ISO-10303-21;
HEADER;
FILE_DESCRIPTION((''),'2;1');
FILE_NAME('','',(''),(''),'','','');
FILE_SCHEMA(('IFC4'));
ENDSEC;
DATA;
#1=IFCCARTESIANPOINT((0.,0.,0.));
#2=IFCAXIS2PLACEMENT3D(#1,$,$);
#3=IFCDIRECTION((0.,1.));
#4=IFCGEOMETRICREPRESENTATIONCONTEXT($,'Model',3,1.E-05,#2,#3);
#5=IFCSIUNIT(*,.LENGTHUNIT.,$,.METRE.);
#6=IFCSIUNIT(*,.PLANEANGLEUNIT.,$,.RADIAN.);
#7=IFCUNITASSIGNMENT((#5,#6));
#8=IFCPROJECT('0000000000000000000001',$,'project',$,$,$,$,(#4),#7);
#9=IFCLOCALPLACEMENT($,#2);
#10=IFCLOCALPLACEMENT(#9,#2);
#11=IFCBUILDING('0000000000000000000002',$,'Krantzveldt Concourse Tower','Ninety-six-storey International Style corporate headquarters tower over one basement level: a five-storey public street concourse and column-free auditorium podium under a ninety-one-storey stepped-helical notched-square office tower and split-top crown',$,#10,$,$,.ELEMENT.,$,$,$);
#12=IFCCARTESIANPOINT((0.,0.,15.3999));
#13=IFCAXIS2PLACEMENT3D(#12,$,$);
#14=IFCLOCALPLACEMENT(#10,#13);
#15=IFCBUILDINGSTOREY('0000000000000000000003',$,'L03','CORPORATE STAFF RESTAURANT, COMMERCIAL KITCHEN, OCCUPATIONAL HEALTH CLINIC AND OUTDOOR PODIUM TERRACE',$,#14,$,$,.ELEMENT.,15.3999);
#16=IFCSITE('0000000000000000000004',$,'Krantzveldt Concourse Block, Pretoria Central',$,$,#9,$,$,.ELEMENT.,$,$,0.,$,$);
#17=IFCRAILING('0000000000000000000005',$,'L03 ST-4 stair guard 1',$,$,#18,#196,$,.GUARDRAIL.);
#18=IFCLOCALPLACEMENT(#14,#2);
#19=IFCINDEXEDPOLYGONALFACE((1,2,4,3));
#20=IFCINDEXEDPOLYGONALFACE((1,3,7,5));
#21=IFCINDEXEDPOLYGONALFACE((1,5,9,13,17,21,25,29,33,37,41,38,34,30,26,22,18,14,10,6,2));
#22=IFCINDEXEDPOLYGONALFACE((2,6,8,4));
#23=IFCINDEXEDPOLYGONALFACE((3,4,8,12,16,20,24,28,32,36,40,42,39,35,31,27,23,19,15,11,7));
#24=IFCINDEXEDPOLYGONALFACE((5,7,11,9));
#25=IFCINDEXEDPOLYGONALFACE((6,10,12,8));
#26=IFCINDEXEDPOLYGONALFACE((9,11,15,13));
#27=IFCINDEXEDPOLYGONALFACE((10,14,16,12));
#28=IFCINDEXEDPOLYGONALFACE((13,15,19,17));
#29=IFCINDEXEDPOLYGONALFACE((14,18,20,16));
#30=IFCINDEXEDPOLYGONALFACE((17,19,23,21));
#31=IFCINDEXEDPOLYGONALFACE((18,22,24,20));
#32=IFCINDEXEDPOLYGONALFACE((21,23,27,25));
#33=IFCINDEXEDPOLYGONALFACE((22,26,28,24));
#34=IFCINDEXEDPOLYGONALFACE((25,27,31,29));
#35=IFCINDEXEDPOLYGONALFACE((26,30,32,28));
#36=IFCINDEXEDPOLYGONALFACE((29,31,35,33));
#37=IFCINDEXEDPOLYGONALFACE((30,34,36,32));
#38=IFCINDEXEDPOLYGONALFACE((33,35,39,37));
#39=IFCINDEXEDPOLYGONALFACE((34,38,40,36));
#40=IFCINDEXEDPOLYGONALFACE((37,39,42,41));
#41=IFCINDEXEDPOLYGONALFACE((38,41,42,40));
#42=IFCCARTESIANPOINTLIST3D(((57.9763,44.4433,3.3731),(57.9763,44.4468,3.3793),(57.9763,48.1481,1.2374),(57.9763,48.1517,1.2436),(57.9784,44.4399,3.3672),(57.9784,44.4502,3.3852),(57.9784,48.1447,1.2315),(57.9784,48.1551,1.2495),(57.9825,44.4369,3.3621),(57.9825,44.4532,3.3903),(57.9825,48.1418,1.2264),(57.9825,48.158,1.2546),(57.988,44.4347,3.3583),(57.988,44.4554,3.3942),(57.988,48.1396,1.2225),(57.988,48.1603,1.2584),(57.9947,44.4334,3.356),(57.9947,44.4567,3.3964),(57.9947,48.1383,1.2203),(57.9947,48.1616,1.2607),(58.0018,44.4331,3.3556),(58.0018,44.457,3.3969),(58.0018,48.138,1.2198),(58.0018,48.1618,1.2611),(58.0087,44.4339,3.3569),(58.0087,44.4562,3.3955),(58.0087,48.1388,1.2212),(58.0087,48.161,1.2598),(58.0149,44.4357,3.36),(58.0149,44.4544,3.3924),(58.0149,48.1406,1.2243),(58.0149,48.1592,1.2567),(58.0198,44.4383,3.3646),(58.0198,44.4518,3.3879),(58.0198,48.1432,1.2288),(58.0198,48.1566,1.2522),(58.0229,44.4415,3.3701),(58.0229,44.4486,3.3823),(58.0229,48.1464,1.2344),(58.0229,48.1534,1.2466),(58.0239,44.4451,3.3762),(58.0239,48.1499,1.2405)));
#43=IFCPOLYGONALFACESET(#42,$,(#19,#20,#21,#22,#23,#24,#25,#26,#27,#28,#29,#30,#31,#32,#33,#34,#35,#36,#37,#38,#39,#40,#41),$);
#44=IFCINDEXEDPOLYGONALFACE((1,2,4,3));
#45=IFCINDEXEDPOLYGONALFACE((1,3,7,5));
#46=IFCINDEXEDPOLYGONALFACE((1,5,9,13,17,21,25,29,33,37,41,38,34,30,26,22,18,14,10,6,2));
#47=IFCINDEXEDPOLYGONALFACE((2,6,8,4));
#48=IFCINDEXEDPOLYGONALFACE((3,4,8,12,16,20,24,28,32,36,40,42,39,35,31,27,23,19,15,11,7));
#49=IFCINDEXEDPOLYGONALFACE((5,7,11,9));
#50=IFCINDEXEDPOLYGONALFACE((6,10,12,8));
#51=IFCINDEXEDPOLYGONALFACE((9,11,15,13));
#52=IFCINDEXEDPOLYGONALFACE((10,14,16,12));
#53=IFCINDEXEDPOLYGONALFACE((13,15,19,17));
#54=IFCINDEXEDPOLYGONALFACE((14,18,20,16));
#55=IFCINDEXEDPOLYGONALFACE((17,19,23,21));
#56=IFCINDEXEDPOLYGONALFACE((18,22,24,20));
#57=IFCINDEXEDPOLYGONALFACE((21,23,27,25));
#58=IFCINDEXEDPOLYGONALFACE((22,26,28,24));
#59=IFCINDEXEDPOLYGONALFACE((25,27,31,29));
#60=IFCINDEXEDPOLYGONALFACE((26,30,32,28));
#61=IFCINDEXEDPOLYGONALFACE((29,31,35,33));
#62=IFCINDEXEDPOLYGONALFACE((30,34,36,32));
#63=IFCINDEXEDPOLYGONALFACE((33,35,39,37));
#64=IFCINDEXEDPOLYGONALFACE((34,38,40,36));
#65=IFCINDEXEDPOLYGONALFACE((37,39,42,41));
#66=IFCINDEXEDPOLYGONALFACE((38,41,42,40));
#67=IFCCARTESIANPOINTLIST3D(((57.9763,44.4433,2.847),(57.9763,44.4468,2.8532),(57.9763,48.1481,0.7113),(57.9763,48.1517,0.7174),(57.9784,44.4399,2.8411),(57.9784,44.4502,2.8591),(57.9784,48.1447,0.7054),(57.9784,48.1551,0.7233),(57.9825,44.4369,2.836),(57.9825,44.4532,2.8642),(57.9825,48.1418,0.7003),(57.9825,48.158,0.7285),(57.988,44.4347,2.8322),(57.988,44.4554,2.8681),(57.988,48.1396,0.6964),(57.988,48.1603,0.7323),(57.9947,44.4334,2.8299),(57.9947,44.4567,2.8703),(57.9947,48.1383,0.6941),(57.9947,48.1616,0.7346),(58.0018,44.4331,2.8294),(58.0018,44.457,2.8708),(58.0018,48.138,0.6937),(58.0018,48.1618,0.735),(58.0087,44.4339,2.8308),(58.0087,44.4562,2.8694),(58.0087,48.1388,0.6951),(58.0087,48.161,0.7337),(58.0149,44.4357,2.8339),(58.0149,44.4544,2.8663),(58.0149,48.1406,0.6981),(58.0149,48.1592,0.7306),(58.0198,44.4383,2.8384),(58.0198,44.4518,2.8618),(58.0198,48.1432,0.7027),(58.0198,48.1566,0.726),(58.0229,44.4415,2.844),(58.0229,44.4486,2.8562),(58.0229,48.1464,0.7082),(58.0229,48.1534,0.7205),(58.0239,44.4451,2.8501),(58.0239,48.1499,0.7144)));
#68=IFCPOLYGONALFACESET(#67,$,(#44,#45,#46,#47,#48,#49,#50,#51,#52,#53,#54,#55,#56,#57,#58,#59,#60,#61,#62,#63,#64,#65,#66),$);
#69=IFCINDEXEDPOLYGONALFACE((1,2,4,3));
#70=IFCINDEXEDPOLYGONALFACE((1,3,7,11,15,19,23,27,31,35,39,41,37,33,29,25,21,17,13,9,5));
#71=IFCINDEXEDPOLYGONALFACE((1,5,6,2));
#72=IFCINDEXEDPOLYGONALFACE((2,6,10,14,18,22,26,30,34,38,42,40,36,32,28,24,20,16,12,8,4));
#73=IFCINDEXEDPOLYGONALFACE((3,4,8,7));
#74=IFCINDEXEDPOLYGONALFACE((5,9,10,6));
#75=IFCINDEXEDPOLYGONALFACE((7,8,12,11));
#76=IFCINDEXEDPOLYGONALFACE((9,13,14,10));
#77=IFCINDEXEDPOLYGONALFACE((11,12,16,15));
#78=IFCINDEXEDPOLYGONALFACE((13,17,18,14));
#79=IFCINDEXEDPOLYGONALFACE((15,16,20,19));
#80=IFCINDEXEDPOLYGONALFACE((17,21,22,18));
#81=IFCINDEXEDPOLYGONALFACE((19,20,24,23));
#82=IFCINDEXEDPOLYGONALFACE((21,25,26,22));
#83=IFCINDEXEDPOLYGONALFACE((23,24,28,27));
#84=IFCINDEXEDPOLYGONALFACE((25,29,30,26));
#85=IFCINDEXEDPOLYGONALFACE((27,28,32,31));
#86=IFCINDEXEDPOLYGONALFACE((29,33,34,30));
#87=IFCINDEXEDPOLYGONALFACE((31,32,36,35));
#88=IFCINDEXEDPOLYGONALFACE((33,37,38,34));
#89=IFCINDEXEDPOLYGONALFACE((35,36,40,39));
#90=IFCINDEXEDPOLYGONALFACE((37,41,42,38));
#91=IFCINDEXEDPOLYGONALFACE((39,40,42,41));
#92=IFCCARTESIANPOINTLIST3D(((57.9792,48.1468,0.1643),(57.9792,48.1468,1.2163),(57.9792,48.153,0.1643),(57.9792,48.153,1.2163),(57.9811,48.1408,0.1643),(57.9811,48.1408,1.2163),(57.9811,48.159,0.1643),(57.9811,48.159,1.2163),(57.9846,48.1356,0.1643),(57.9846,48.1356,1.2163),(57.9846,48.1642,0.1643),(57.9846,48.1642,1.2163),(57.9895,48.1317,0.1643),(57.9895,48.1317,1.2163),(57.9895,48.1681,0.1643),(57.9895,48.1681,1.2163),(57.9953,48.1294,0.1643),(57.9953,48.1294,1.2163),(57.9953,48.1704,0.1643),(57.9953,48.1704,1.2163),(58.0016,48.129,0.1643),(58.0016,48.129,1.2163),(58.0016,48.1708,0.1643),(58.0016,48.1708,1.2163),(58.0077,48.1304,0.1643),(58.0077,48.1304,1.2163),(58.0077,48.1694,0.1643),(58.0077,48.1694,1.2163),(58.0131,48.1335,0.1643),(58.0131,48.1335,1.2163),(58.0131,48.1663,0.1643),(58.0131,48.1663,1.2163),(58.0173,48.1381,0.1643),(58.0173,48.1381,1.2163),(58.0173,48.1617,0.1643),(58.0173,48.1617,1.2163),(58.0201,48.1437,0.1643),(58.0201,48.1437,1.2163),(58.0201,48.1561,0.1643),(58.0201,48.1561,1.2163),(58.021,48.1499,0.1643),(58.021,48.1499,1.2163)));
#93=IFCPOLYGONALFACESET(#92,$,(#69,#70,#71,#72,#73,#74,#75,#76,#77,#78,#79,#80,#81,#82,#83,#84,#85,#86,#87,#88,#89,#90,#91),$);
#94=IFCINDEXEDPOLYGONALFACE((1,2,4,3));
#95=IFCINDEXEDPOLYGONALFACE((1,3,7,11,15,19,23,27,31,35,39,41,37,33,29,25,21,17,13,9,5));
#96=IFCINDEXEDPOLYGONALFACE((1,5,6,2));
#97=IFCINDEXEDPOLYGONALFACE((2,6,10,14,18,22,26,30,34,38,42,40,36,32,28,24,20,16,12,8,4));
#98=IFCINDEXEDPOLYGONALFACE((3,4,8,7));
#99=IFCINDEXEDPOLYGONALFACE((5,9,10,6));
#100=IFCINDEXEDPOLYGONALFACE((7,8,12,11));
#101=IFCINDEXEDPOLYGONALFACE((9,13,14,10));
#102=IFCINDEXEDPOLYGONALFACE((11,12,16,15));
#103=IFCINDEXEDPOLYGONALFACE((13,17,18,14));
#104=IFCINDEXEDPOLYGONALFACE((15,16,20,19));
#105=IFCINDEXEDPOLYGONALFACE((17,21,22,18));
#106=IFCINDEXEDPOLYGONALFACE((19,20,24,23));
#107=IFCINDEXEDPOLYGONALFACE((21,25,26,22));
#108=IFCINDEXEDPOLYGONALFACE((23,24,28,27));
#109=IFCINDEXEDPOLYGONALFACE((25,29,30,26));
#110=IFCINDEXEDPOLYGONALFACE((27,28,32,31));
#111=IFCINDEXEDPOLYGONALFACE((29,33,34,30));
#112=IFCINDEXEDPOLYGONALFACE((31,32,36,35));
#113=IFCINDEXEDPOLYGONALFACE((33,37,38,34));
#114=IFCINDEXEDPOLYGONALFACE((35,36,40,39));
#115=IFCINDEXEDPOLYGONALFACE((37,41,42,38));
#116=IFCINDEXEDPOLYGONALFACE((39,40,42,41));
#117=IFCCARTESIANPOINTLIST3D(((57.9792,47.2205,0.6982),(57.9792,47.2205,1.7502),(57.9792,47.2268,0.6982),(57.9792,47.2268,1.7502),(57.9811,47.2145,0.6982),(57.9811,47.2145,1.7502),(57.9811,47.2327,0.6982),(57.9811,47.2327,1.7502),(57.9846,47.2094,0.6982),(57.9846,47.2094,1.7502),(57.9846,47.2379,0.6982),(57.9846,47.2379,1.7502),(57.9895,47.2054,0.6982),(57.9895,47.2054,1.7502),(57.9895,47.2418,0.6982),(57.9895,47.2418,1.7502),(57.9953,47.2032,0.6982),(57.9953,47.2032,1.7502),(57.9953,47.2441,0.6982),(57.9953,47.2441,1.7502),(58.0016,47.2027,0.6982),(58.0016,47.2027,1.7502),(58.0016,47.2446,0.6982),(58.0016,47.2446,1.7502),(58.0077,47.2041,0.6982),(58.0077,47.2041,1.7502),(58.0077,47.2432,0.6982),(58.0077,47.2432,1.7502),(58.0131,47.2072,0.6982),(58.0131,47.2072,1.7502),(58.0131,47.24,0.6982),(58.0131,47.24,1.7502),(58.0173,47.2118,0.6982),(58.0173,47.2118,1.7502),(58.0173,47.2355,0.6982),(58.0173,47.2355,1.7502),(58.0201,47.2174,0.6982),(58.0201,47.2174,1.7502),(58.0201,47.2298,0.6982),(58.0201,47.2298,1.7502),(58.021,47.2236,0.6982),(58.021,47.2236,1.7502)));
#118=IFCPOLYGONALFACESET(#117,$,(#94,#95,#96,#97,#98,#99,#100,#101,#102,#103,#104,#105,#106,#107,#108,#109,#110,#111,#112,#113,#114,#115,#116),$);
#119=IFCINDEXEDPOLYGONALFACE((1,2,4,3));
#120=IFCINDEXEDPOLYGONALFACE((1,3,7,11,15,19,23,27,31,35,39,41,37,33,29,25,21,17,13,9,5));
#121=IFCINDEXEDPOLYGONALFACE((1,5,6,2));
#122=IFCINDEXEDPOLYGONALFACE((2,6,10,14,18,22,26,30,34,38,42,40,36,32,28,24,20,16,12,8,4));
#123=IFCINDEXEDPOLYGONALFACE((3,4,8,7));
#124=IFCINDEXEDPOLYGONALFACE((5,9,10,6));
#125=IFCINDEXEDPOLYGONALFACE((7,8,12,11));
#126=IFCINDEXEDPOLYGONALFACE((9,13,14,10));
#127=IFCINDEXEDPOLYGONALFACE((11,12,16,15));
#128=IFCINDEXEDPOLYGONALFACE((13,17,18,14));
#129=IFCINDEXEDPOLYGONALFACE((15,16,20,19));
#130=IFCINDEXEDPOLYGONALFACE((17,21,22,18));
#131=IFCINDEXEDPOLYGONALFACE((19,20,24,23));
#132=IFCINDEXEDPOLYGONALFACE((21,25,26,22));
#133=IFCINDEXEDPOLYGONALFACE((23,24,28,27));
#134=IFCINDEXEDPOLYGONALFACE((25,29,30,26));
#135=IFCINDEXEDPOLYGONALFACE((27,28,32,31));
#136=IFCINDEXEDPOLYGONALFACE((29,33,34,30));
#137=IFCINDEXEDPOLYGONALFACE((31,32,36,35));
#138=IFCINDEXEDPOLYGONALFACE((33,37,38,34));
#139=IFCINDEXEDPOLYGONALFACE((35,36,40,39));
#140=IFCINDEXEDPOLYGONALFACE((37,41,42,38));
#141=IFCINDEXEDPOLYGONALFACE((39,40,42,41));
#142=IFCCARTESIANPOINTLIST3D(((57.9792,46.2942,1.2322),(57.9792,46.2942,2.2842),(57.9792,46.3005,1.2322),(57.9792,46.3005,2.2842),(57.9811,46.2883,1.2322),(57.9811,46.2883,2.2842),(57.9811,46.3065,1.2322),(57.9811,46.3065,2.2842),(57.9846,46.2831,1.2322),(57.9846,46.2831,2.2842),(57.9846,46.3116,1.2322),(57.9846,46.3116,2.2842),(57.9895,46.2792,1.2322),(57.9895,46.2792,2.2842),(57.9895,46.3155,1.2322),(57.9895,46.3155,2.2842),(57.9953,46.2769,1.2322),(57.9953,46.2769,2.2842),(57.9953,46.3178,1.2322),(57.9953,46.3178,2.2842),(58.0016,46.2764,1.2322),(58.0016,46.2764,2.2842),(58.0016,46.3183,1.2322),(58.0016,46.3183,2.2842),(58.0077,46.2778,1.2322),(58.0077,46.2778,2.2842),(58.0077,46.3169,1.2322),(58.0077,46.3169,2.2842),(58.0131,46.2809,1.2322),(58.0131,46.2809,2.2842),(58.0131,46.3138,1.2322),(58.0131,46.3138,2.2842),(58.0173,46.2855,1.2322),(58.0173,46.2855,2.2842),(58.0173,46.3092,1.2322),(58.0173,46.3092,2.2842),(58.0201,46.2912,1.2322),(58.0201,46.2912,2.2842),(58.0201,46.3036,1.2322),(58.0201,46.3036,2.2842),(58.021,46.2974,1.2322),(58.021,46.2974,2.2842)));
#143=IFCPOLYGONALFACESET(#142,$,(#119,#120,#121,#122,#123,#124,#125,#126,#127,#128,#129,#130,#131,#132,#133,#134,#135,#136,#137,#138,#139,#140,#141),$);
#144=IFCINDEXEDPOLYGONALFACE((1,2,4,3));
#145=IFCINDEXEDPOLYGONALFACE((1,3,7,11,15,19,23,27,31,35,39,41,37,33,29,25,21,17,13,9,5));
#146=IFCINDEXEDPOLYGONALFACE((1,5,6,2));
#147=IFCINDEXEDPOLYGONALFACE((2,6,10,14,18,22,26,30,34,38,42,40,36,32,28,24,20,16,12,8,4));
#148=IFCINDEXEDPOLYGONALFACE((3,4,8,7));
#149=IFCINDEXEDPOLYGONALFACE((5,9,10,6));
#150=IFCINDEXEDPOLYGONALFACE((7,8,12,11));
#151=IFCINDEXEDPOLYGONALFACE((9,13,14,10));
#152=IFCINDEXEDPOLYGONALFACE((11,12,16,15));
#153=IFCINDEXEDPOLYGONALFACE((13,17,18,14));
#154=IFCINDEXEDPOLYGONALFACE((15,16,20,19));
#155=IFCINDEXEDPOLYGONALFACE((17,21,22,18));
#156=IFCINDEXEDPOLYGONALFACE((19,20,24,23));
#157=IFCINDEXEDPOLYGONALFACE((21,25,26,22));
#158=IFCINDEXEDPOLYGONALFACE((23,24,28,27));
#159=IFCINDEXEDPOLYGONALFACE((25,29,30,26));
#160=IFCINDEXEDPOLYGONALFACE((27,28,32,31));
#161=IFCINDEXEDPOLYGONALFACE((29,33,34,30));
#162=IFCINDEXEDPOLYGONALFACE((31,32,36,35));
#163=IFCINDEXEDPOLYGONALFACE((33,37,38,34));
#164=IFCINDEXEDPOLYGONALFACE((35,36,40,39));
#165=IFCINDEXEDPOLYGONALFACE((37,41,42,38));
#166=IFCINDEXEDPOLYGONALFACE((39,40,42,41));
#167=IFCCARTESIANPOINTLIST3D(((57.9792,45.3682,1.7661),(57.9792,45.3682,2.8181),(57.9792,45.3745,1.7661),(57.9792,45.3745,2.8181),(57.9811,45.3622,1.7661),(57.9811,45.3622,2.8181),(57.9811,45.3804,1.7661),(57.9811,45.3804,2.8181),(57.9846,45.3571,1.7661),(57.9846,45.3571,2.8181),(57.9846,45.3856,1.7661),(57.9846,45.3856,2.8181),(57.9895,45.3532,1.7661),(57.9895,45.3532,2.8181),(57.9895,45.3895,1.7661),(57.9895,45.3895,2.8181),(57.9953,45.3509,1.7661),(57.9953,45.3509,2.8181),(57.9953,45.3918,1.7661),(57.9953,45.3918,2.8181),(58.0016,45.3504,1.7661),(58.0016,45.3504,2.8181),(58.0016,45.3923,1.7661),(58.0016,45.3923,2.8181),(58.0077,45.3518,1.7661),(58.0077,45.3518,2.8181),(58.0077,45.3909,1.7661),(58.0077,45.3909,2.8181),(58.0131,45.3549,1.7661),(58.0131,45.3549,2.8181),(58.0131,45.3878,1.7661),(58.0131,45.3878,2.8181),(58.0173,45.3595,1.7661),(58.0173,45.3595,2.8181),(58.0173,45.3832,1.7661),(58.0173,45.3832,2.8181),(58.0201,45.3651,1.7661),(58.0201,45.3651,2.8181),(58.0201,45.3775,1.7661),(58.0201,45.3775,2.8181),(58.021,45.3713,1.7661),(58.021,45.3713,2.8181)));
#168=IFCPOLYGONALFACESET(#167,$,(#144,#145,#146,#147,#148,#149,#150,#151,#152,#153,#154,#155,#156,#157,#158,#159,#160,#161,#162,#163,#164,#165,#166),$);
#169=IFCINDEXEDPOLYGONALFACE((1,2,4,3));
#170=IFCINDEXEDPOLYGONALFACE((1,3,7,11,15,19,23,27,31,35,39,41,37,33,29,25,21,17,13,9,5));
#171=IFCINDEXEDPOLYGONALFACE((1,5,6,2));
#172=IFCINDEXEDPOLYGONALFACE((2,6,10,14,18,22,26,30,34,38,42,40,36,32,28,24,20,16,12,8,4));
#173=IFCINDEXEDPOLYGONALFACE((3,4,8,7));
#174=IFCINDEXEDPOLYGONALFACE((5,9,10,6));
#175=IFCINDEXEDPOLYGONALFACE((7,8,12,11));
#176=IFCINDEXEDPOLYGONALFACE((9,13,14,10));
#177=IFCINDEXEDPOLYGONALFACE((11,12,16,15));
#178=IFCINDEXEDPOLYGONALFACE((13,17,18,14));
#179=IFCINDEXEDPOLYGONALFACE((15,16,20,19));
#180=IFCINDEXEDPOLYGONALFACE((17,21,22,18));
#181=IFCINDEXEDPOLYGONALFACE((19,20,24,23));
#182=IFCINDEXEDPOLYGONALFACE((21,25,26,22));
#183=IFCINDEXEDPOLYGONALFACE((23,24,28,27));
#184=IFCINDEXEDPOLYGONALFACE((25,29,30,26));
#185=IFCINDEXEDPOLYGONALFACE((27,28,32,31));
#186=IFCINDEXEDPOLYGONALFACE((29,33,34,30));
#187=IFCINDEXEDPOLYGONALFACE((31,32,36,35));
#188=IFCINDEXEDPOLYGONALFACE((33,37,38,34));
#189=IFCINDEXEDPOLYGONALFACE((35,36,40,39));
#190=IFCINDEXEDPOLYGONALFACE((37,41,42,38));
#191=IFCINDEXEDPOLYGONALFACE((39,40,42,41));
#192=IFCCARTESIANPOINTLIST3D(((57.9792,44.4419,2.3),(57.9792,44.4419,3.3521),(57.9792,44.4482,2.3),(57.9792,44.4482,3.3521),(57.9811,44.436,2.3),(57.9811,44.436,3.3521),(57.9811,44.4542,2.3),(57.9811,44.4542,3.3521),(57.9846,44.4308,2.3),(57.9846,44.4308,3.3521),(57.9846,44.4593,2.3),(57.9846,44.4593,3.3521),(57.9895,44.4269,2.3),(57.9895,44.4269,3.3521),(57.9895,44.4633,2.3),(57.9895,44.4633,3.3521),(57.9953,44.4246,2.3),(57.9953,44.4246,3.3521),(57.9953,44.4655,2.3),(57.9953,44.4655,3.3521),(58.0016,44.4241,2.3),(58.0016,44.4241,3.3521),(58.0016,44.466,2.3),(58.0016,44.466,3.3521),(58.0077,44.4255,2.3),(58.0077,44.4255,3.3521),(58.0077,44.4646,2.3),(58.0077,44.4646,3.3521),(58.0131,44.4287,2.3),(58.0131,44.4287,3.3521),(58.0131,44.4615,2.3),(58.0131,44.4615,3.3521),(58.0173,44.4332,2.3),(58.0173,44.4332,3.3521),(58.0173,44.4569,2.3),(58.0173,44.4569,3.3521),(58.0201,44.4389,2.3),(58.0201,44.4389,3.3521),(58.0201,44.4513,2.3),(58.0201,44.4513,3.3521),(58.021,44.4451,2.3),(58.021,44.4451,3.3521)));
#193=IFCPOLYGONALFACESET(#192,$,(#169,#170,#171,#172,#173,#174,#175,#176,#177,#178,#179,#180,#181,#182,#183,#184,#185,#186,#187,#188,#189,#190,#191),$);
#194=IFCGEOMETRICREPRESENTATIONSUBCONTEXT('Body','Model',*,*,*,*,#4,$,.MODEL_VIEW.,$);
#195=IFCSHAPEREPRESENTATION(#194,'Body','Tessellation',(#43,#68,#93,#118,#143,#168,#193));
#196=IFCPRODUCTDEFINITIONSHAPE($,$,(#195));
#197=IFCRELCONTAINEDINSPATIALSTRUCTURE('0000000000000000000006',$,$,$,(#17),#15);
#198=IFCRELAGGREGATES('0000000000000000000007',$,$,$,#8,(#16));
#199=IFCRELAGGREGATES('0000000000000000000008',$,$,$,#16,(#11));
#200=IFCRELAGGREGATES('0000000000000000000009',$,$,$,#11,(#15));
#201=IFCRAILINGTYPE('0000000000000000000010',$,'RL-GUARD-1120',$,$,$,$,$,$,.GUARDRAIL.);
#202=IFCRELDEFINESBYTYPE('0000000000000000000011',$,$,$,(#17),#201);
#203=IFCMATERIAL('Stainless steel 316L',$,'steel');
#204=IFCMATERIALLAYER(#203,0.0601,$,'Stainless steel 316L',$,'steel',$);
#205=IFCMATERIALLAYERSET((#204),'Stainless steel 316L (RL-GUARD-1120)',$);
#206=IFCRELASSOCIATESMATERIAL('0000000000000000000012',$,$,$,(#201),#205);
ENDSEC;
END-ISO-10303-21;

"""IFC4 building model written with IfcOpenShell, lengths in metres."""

from ifc_helpers import new_model, si_unit, direction, frame, origin, origin_2d, place, context, subcontext, project, spatial, circle, extrude, material, layer, layer_set, type_object, element, save


model = new_model("IFC4")

# Units and contexts
model_context = context("Model", 3, precision=1e-05, world=origin(), true_north=direction((0.0, 1.0)))
body_context = subcontext(model_context, "Body", "Model", "MODEL_VIEW")
ifc_project = project(units=[si_unit("LENGTHUNIT", "METRE"), si_unit("PLANEANGLEUNIT", "RADIAN")], contexts=[model_context])

# Site, building, storey
site_placement = place(None, origin())
site = spatial("IfcSite", under=ifc_project, at=site_placement, Name="Krantzveldt Concourse Block, Pretoria Central", CompositionType="ELEMENT", RefElevation=0.0)
building_placement = place(site_placement, origin())
building = spatial("IfcBuilding", under=site, at=building_placement, Name="Krantzveldt Concourse Tower", Description="Ninety-six-storey International Style corporate headquarters tower over one basement level: a five-storey public street concourse and column-free auditorium podium under a ninety-one-storey stepped-helical notched-square office tower and split-top crown", CompositionType="ELEMENT")
storey_placement = place(building_placement, frame((0.0, 0.0, 15.3999)))
storey = spatial("IfcBuildingStorey", under=building, at=storey_placement, Name="L03", Description="CORPORATE STAFF RESTAURANT, COMMERCIAL KITCHEN, OCCUPATIONAL HEALTH CLINIC AND OUTDOOR PODIUM TERRACE", CompositionType="ELEMENT", Elevation=15.3999)

# Railing
ifc_material_1 = material(Name="Stainless steel 316L", Category="steel")
ifc_layer_1 = layer(ifc_material_1, 0.0601, Name="Stainless steel 316L", Category="steel")
ifc_layer_set_1 = layer_set([ifc_layer_1], Name="Stainless steel 316L (RL-GUARD-1120)")
railing_type_1 = type_object("IfcRailingType", Name="RL-GUARD-1120", PredefinedType="GUARDRAIL", material=ifc_layer_set_1)
railing_1_placement = place(storey_placement, frame((58.0, 48.1499, 0.1643)))
element("IfcRailing", 1, at=railing_1_placement, inside=storey, type_object=railing_type_1, Name="L03 ST-4 stair guard 1", PredefinedType="GUARDRAIL", context=body_context, shape_type="SweptSolid", body=[
    extrude(circle(Radius=0.0239, at=origin_2d()), frame((0.0, 0.0, 1.0762), z_axis=(0.0, -0.866354, 0.499431), x_axis=(1.0, 0.0, 0.0)), (0.0, 0.0, 1.0), 4.2764),
    extrude(circle(Radius=0.0239, at=origin_2d()), frame((0.0, 0.0, 0.55), z_axis=(0.0, -0.866354, 0.499431), x_axis=(1.0, 0.0, 0.0)), (0.0, 0.0, 1.0), 4.2764),
    extrude(circle(Radius=0.021, at=origin_2d()), origin(), (0.0, 0.0, 1.0), 1.052),
    extrude(circle(Radius=0.021, at=origin_2d()), frame((0.0, -0.9263, 0.5339)), (0.0, 0.0, 1.0), 1.052),
    extrude(circle(Radius=0.021, at=origin_2d()), frame((0.0, -1.8525, 1.0679)), (0.0, 0.0, 1.0), 1.052),
    extrude(circle(Radius=0.021, at=origin_2d()), frame((0.0, -2.7786, 1.6018)), (0.0, 0.0, 1.0), 1.052),
    extrude(circle(Radius=0.021, at=origin_2d()), frame((0.0, -3.7048, 2.1357)), (0.0, 0.0, 1.0), 1.052),
])

save(model, "model.ifc")
